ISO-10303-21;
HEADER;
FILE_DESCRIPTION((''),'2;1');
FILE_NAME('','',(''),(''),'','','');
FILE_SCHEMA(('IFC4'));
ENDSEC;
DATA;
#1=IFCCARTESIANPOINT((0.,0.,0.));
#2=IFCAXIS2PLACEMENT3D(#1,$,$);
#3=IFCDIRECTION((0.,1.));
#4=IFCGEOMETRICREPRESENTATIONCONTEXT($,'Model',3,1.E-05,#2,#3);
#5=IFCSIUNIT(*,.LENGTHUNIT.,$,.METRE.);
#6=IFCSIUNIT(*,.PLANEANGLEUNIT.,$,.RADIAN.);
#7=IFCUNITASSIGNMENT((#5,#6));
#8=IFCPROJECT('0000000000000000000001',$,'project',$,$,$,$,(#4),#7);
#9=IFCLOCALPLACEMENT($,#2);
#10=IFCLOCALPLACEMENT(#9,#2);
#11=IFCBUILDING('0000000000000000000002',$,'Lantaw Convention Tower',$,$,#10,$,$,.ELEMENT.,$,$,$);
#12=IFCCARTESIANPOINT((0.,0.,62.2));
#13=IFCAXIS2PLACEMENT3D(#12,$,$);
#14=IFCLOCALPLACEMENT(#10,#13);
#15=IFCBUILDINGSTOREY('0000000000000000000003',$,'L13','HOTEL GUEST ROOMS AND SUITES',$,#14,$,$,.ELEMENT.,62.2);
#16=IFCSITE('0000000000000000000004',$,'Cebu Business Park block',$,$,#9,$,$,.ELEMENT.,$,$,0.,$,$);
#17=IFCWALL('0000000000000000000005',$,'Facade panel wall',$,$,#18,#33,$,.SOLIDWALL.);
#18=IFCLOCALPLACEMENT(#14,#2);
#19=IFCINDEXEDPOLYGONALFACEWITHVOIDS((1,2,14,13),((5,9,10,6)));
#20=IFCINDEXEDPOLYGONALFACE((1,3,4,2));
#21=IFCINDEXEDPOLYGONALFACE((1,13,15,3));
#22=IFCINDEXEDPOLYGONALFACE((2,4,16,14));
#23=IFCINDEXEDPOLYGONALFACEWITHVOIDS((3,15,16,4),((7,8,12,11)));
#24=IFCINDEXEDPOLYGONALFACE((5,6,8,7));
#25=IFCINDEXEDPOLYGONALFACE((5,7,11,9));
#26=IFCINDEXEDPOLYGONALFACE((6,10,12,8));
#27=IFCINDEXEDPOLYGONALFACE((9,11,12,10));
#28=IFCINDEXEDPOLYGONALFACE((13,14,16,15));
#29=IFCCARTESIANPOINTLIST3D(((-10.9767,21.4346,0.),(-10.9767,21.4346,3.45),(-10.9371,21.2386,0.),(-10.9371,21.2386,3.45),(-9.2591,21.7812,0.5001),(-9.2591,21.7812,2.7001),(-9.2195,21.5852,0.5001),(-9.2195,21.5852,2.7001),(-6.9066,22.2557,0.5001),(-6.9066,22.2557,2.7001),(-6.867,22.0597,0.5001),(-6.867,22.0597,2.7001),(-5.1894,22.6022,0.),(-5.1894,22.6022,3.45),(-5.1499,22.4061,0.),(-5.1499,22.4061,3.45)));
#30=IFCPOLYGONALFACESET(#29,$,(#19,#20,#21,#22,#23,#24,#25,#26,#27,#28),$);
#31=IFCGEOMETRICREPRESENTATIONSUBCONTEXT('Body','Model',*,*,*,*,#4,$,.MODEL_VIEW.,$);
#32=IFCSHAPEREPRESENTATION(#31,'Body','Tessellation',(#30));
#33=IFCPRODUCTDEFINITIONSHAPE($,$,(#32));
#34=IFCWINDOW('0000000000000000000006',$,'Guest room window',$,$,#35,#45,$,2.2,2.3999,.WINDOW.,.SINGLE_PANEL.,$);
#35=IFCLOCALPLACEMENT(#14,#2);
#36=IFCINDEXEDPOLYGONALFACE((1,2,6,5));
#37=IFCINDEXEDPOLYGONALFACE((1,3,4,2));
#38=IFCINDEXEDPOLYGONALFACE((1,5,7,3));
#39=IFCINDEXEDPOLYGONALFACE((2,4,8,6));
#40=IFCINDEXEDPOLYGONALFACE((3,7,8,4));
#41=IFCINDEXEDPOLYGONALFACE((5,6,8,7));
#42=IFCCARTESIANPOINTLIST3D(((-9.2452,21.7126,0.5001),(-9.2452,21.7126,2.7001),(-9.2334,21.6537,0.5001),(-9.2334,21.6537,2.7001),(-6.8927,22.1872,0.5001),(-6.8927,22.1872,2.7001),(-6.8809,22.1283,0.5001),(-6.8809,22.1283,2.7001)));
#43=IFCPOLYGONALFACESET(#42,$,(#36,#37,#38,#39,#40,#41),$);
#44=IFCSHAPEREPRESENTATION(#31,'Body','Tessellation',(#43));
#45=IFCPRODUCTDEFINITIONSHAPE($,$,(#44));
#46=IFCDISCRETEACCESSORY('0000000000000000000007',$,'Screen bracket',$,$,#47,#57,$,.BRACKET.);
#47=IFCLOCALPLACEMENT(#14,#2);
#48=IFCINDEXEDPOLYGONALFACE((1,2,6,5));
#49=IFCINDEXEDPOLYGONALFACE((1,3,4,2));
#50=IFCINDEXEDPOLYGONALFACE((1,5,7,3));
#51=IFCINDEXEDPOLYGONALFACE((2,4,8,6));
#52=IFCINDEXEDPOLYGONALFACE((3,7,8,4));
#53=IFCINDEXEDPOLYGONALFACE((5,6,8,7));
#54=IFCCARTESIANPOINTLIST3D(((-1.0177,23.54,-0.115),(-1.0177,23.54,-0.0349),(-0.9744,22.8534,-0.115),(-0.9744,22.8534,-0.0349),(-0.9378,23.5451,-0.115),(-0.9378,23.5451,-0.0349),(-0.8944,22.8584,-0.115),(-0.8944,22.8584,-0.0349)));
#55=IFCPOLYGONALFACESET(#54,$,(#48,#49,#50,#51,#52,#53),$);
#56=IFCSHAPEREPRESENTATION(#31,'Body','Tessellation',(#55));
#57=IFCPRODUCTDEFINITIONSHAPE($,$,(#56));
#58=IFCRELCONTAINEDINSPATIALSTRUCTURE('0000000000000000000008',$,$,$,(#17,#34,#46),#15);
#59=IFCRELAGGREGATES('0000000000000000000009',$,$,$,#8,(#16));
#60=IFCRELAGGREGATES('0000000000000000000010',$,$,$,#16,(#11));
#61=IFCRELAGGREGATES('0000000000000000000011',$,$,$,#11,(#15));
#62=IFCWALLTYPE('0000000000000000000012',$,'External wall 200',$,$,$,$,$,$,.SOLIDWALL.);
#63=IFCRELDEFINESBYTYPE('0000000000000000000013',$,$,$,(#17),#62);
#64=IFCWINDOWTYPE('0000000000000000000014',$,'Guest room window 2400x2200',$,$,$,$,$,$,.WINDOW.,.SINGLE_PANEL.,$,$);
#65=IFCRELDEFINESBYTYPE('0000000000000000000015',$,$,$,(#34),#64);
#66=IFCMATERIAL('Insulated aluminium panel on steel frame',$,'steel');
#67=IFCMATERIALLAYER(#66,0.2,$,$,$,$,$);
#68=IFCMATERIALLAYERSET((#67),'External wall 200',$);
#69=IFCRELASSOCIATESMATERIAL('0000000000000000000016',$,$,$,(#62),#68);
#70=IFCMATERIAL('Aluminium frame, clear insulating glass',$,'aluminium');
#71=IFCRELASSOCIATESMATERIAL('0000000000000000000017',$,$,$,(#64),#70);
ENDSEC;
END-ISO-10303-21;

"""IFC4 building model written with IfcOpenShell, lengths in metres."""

from ifc_helpers import new_model, si_unit, direction, frame, frame_2d, origin, origin_2d, place, context, subcontext, project, spatial, rectangle, extrude, material, layer, layer_set, type_object, element, fill, save


model = new_model("IFC4")

# Units and contexts
model_context = context("Model", 3, precision=1e-05, world=origin(), true_north=direction((0.0, 1.0)))
body_context = subcontext(model_context, "Body", "Model", "MODEL_VIEW")
ifc_project = project(units=[si_unit("LENGTHUNIT", "METRE"), si_unit("PLANEANGLEUNIT", "RADIAN")], contexts=[model_context])

# Site, building, storey
site_placement = place(None, origin())
site = spatial("IfcSite", under=ifc_project, at=site_placement, Name="Cebu Business Park block", CompositionType="ELEMENT", RefElevation=0.0)
building_placement = place(site_placement, origin())
building = spatial("IfcBuilding", under=site, at=building_placement, Name="Lantaw Convention Tower", CompositionType="ELEMENT")
storey_placement = place(building_placement, frame((0.0, 0.0, 62.2)))
storey = spatial("IfcBuildingStorey", under=building, at=storey_placement, Name="L13", Description="HOTEL GUEST ROOMS AND SUITES", CompositionType="ELEMENT", Elevation=62.2)

# Wall, opening, window
ifc_material_1 = material(Name="Insulated aluminium panel on steel frame", Category="steel")
ifc_layer_1 = layer(ifc_material_1, 0.2)
ifc_layer_set_1 = layer_set([ifc_layer_1], Name="External wall 200")
wall_type_1 = type_object("IfcWallType", Name="External wall 200", PredefinedType="SOLIDWALL", material=ifc_layer_set_1)
wall_1_placement = place(storey_placement, frame((-5.1697, 22.5042, 0.0), z_axis=(0.0, 0.0, 1.0), x_axis=(-0.980252, -0.197754, 0.0)))
wall_1 = element("IfcWall", 1, at=wall_1_placement, inside=storey, type_object=wall_type_1, Name="Facade panel wall", PredefinedType="SOLIDWALL", context=body_context, shape_type="SweptSolid", body=[
    extrude(rectangle(XDim=5.9038, YDim=0.2, at=frame_2d((2.9519, 0.0))), origin(), (0.0, 0.0, 1.0), 3.45),
])
opening_1_placement = place(wall_1_placement, frame((1.7517, 0.0, 0.5)))
opening_1 = element("IfcOpeningElement", 2, at=opening_1_placement, cuts=wall_1, PredefinedType="OPENING", context=body_context, shape_type="SweptSolid", body=[
    extrude(rectangle(XDim=2.3999, YDim=2.2, at=frame_2d((1.2, 1.1001))), frame((0.0, 0.1099, 0.0), z_axis=(0.0, -1.0, 0.0), x_axis=(1.0, 0.0, 0.0)), (0.0, 0.0, 1.0), 0.22),
])
ifc_material_2 = material(Name="Aluminium frame, clear insulating glass", Category="aluminium")
window_type = type_object("IfcWindowType", Name="Guest room window 2400x2200", PartitioningType="SINGLE_PANEL", PredefinedType="WINDOW", material=ifc_material_2)
window_placement = place(opening_1_placement, origin())
window = element("IfcWindow", 3, at=window_placement, inside=storey, type_object=window_type, Name="Guest room window", OverallHeight=2.2, OverallWidth=2.3999, PartitioningType="SINGLE_PANEL", PredefinedType="WINDOW", context=body_context, shape_type="SweptSolid", body=[
    extrude(rectangle(XDim=2.3999, YDim=2.2, at=frame_2d((1.2, 1.1001))), frame((0.0, 0.03, 0.0), z_axis=(0.0, -1.0, 0.0), x_axis=(1.0, 0.0, 0.0)), (0.0, 0.0, 1.0), 0.0601),
])
fill(opening_1, window)

# Discrete accessory
discrete_accessory_placement = place(storey_placement, frame((-0.9561, 23.1992, -0.115), z_axis=(0.0, 0.0, 1.0), x_axis=(-0.998016, -0.062958, 0.0)))
element("IfcDiscreteAccessory", 4, at=discrete_accessory_placement, inside=storey, Name="Screen bracket", PredefinedType="BRACKET", context=body_context, shape_type="SweptSolid", body=[
    extrude(rectangle(XDim=0.0801, YDim=0.688, at=origin_2d()), origin(), (0.0, 0.0, 1.0), 0.0801),
])

save(model, "model.ifc")
